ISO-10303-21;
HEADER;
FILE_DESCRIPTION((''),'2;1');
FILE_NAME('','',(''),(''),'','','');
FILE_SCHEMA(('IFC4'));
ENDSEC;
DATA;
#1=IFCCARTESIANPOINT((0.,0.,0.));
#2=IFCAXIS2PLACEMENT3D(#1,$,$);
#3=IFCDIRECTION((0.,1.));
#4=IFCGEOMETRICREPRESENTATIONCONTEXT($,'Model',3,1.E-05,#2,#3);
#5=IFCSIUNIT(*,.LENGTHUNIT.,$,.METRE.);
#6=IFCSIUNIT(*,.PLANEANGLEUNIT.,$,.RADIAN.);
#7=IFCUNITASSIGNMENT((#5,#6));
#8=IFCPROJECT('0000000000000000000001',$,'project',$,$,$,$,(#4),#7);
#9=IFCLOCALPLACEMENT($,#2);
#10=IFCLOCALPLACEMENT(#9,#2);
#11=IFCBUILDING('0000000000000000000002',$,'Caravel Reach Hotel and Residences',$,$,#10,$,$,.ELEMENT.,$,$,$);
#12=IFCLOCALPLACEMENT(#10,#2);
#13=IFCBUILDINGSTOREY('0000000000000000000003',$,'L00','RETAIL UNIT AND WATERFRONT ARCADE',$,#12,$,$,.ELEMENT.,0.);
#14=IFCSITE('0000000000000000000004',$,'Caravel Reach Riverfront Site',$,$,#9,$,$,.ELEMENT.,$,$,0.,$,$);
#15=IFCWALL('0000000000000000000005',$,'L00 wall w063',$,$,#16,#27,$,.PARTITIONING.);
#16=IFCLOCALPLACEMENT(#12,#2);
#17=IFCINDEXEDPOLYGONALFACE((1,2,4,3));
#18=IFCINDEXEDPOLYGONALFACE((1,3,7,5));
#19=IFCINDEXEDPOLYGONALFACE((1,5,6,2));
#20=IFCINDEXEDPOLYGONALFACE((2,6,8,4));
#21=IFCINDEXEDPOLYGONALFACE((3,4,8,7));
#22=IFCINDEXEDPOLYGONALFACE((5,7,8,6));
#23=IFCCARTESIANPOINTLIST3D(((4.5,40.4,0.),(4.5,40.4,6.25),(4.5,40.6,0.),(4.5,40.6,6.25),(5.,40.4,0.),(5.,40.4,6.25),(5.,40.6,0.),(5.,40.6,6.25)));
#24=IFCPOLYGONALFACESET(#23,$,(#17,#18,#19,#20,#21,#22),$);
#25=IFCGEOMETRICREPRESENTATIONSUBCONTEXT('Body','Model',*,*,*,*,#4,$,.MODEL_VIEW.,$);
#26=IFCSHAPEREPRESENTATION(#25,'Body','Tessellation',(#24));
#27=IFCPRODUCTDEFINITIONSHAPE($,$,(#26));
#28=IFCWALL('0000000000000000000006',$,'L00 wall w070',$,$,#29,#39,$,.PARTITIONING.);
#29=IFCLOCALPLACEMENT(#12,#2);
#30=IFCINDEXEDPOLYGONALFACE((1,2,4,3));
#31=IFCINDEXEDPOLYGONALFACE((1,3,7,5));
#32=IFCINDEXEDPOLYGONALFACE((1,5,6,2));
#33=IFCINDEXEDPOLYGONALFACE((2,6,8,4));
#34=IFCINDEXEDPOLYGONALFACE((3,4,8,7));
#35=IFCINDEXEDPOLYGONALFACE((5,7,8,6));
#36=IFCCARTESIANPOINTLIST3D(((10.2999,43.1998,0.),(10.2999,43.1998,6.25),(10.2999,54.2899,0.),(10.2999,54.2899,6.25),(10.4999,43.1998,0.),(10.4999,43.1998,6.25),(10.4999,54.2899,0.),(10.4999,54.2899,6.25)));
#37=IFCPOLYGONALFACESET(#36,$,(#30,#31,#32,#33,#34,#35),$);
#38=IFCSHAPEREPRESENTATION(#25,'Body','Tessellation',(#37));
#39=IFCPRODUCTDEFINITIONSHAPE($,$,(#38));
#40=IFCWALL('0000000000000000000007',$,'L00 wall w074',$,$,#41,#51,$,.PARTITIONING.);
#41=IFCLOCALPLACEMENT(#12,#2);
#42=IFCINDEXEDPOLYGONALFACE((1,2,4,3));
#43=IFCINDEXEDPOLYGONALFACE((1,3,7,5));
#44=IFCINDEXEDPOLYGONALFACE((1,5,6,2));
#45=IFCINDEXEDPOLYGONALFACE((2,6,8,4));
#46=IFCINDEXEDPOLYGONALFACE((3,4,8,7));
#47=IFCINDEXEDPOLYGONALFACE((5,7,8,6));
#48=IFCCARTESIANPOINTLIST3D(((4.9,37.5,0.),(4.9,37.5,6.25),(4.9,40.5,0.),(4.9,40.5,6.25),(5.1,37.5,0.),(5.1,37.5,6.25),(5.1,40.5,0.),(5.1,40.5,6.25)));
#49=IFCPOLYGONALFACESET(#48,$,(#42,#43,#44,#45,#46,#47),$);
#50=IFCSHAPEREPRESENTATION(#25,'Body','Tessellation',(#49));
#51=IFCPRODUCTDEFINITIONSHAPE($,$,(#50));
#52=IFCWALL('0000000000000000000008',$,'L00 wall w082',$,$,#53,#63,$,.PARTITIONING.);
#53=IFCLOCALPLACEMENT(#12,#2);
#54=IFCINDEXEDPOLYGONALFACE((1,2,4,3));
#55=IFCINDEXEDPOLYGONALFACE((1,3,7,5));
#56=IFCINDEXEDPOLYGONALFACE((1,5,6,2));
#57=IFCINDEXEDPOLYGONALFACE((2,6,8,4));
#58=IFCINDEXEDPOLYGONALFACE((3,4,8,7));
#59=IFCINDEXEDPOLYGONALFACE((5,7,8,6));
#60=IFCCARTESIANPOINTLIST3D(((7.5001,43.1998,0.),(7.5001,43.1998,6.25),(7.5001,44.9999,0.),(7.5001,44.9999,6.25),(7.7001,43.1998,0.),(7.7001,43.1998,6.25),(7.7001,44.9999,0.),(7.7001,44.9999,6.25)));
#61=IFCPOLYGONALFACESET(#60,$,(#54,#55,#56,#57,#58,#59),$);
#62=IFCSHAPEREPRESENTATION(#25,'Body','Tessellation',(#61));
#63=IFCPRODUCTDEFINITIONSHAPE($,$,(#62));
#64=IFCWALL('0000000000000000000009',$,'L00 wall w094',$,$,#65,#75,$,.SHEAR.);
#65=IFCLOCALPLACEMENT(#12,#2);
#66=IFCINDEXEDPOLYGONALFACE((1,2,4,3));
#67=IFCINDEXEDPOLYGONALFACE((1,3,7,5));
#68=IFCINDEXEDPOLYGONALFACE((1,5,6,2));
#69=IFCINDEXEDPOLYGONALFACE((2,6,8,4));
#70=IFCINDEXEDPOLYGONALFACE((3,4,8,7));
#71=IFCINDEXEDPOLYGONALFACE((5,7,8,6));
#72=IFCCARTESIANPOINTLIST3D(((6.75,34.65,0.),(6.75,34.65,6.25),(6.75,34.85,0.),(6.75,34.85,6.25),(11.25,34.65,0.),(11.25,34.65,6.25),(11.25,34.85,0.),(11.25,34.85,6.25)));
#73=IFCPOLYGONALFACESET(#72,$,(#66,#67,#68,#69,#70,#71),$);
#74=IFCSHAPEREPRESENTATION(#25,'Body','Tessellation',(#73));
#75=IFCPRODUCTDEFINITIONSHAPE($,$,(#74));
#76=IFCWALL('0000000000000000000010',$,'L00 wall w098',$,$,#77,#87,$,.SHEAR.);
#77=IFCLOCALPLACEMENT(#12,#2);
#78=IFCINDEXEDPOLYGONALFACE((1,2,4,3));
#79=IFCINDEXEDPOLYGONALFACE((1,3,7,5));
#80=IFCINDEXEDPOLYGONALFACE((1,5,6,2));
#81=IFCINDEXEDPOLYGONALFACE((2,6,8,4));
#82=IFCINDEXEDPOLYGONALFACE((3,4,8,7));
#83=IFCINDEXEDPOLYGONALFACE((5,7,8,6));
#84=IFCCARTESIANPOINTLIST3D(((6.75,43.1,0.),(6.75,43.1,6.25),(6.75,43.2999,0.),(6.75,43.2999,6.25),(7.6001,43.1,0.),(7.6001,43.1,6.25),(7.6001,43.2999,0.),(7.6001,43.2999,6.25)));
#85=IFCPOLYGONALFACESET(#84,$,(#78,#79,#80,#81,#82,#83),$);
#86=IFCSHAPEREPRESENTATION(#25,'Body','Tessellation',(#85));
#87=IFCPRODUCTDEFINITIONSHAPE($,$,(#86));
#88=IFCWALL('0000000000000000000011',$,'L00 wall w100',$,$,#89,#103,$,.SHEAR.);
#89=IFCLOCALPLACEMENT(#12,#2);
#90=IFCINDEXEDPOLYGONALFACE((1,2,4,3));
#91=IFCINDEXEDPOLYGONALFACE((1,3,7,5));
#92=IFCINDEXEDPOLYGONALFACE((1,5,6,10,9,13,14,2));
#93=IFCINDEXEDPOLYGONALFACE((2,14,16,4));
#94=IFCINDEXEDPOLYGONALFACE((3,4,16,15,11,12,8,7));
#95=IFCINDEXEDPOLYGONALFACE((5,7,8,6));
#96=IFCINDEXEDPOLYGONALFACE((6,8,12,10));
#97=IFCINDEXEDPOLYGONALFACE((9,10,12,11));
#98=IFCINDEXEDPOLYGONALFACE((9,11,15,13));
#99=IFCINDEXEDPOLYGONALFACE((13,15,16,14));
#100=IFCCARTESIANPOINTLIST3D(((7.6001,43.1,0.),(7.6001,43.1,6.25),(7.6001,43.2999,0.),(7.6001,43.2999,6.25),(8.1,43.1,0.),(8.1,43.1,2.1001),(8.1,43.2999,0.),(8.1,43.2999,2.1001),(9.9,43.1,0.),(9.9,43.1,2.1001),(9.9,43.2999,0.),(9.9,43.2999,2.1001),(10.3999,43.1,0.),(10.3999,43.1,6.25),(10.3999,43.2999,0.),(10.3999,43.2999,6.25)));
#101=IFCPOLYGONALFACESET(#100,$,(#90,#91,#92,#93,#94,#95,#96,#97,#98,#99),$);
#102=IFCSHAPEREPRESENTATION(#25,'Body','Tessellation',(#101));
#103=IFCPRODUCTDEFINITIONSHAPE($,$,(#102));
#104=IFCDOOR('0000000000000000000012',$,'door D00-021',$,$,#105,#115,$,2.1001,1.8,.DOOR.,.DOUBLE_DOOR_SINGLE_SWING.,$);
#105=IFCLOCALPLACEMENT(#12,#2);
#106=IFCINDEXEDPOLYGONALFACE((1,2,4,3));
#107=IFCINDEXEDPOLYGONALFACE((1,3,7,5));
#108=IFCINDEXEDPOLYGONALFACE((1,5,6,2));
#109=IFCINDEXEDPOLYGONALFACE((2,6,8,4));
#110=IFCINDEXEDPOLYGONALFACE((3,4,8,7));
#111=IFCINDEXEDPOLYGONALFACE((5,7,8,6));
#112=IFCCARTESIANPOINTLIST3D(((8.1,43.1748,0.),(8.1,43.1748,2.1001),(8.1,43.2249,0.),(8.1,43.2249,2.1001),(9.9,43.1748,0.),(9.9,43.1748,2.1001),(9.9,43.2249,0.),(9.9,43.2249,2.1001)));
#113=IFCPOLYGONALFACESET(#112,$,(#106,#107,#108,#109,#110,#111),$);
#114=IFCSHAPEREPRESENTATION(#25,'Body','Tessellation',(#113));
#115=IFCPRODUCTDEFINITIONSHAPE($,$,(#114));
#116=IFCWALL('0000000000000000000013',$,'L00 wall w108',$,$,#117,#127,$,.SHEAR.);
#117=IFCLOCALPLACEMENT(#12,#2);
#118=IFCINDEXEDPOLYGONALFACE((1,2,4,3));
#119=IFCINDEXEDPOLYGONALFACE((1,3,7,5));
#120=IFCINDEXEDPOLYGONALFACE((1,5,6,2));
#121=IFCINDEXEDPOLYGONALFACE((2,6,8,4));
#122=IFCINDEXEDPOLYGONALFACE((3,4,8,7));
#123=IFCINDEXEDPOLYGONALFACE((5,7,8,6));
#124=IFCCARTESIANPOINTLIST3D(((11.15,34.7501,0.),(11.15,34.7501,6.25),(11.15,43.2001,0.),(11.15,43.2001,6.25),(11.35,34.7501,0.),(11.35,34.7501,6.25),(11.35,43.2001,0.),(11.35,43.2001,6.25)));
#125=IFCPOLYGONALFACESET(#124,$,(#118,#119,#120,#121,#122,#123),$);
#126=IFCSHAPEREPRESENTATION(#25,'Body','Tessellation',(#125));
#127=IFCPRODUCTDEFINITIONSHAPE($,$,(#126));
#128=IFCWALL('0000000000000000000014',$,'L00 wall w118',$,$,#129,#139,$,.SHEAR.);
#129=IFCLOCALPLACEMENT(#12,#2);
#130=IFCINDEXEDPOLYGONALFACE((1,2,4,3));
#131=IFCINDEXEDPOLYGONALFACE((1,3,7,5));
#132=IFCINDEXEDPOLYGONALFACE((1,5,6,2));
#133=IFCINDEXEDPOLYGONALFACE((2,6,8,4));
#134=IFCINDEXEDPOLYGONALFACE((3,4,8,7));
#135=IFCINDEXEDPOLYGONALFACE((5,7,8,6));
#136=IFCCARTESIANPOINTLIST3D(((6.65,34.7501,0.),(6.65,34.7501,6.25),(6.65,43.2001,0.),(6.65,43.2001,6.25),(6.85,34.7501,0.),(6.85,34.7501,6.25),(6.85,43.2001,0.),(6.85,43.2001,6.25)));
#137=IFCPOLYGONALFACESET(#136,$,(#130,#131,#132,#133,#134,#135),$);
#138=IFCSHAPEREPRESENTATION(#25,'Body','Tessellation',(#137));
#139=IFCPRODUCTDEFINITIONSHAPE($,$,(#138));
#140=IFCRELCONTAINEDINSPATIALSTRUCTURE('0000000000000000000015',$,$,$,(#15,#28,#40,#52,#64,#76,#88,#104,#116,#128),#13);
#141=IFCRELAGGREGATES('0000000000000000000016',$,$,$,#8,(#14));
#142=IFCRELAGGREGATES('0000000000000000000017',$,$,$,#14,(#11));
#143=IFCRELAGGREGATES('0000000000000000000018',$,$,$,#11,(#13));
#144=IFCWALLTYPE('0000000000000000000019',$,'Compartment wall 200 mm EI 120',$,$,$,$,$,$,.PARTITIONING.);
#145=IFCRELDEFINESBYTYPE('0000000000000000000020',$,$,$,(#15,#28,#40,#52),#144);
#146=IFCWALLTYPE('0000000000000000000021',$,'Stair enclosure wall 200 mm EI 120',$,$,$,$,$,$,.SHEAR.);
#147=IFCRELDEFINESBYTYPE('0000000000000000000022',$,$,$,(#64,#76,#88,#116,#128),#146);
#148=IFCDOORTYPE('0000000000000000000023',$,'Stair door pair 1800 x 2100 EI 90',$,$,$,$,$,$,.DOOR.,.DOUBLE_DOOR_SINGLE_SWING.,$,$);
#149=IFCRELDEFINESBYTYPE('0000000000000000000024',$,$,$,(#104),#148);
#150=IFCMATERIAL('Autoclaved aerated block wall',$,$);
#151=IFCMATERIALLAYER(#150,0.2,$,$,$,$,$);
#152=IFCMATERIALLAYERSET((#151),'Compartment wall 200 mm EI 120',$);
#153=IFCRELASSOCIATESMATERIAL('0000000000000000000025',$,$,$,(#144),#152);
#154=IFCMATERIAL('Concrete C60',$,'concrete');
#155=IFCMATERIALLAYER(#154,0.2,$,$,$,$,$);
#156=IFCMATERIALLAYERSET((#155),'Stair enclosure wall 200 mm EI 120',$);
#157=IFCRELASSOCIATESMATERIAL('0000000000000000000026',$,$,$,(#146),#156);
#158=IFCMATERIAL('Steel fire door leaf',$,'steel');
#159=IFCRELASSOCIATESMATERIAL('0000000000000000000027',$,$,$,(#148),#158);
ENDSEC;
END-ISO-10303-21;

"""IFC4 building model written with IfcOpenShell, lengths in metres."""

from ifc_helpers import new_model, si_unit, direction, frame, frame_2d, origin, place, context, subcontext, project, spatial, rectangle, extrude, material, layer, layer_set, type_object, element, fill, save


model = new_model("IFC4")

# Units and contexts
model_context = context("Model", 3, precision=1e-05, world=origin(), true_north=direction((0.0, 1.0)))
body_context = subcontext(model_context, "Body", "Model", "MODEL_VIEW")
ifc_project = project(units=[si_unit("LENGTHUNIT", "METRE"), si_unit("PLANEANGLEUNIT", "RADIAN")], contexts=[model_context])

# Site, building, storey
site_placement = place(None, origin())
site = spatial("IfcSite", under=ifc_project, at=site_placement, Name="Caravel Reach Riverfront Site", CompositionType="ELEMENT", RefElevation=0.0)
building_placement = place(site_placement, origin())
building = spatial("IfcBuilding", under=site, at=building_placement, Name="Caravel Reach Hotel and Residences", CompositionType="ELEMENT")
storey_placement = place(building_placement, origin())
storey = spatial("IfcBuildingStorey", under=building, at=storey_placement, Name="L00", Description="RETAIL UNIT AND WATERFRONT ARCADE", CompositionType="ELEMENT", Elevation=0.0)

# Walls
ifc_material_1 = material(Name="Autoclaved aerated block wall")
ifc_layer_1 = layer(ifc_material_1, 0.2)
ifc_layer_set_1 = layer_set([ifc_layer_1], Name="Compartment wall 200 mm EI 120")
wall_type_1 = type_object("IfcWallType", Name="Compartment wall 200 mm EI 120", PredefinedType="PARTITIONING", material=ifc_layer_set_1)
wall_1_placement = place(storey_placement, frame((4.5, 40.5, 0.0), z_axis=(0.0, 0.0, 1.0), x_axis=(1.0, 0.0, 0.0)))
element("IfcWall", 1, at=wall_1_placement, inside=storey, type_object=wall_type_1, Name="L00 wall w063", PredefinedType="PARTITIONING", context=body_context, shape_type="SweptSolid", body=[
    extrude(rectangle(XDim=0.5, YDim=0.2, at=frame_2d((0.25, 0.0))), origin(), (0.0, 0.0, 1.0), 6.25),
])
wall_2_placement = place(storey_placement, frame((10.3999, 43.2, 0.0), z_axis=(0.0, 0.0, 1.0), x_axis=(0.0, 1.0, 0.0)))
element("IfcWall", 2, at=wall_2_placement, inside=storey, type_object=wall_type_1, Name="L00 wall w070", PredefinedType="PARTITIONING", context=body_context, shape_type="SweptSolid", body=[
    extrude(rectangle(XDim=11.0901, YDim=0.2, at=frame_2d((5.5449, 0.0))), origin(), (0.0, 0.0, 1.0), 6.25),
])
wall_3_placement = place(storey_placement, frame((5.0, 37.5, 0.0), z_axis=(0.0, 0.0, 1.0), x_axis=(0.0, 1.0, 0.0)))
element("IfcWall", 3, at=wall_3_placement, inside=storey, type_object=wall_type_1, Name="L00 wall w074", PredefinedType="PARTITIONING", context=body_context, shape_type="SweptSolid", body=[
    extrude(rectangle(XDim=3.0, YDim=0.2, at=frame_2d((1.5, 0.0))), origin(), (0.0, 0.0, 1.0), 6.25),
])
wall_4_placement = place(storey_placement, frame((7.6001, 43.2, 0.0), z_axis=(0.0, 0.0, 1.0), x_axis=(0.0, 1.0, 0.0)))
element("IfcWall", 4, at=wall_4_placement, inside=storey, type_object=wall_type_1, Name="L00 wall w082", PredefinedType="PARTITIONING", context=body_context, shape_type="SweptSolid", body=[
    extrude(rectangle(XDim=1.8, YDim=0.2, at=frame_2d((0.8999, 0.0))), origin(), (0.0, 0.0, 1.0), 6.25),
])
ifc_material_2 = material(Name="Concrete C60", Category="concrete")
ifc_layer_2 = layer(ifc_material_2, 0.2)
ifc_layer_set_2 = layer_set([ifc_layer_2], Name="Stair enclosure wall 200 mm EI 120")
wall_type_2 = type_object("IfcWallType", Name="Stair enclosure wall 200 mm EI 120", PredefinedType="SHEAR", material=ifc_layer_set_2)
wall_5_placement = place(storey_placement, frame((6.75, 34.75, 0.0), z_axis=(0.0, 0.0, 1.0), x_axis=(1.0, 0.0, 0.0)))
element("IfcWall", 5, at=wall_5_placement, inside=storey, type_object=wall_type_2, Name="L00 wall w094", PredefinedType="SHEAR", context=body_context, shape_type="SweptSolid", body=[
    extrude(rectangle(XDim=4.5, YDim=0.2, at=frame_2d((2.25, 0.0))), origin(), (0.0, 0.0, 1.0), 6.25),
])
wall_6_placement = place(storey_placement, frame((6.75, 43.2, 0.0), z_axis=(0.0, 0.0, 1.0), x_axis=(1.0, 0.0, 0.0)))
element("IfcWall", 6, at=wall_6_placement, inside=storey, type_object=wall_type_2, Name="L00 wall w098", PredefinedType="SHEAR", context=body_context, shape_type="SweptSolid", body=[
    extrude(rectangle(XDim=0.8501, YDim=0.2, at=frame_2d((0.425, 0.0))), origin(), (0.0, 0.0, 1.0), 6.25),
])

# Wall, opening, door
wall_7_placement = place(storey_placement, frame((7.6001, 43.2, 0.0), z_axis=(0.0, 0.0, 1.0), x_axis=(1.0, 0.0, 0.0)))
wall_7 = element("IfcWall", 7, at=wall_7_placement, inside=storey, type_object=wall_type_2, Name="L00 wall w100", PredefinedType="SHEAR", context=body_context, shape_type="SweptSolid", body=[
    extrude(rectangle(XDim=2.7998, YDim=0.2, at=frame_2d((1.3999, 0.0))), origin(), (0.0, 0.0, 1.0), 6.25),
])
opening_placement = place(wall_7_placement, frame((0.5, 0.0, 0.0)))
opening = element("IfcOpeningElement", 8, at=opening_placement, cuts=wall_7, PredefinedType="OPENING", context=body_context, shape_type="SweptSolid", body=[
    extrude(rectangle(XDim=1.8, YDim=2.1001, at=frame_2d((0.8999, 1.05))), frame((0.0, 0.1099, 0.0), z_axis=(0.0, -1.0, 0.0), x_axis=(1.0, 0.0, 0.0)), (0.0, 0.0, 1.0), 0.22),
])
ifc_material_3 = material(Name="Steel fire door leaf", Category="steel")
door_type = type_object("IfcDoorType", Name="Stair door pair 1800 x 2100 EI 90", OperationType="DOUBLE_DOOR_SINGLE_SWING", PredefinedType="DOOR", material=ifc_material_3)
door_placement = place(opening_placement, origin())
door = element("IfcDoor", 9, at=door_placement, inside=storey, type_object=door_type, Name="door D00-021", OperationType="DOUBLE_DOOR_SINGLE_SWING", OverallHeight=2.1001, OverallWidth=1.8, PredefinedType="DOOR", context=body_context, shape_type="SweptSolid", body=[
    extrude(rectangle(XDim=1.8, YDim=2.1001, at=frame_2d((0.8999, 1.05))), frame((0.0, 0.0249, 0.0), z_axis=(0.0, -1.0, 0.0), x_axis=(1.0, 0.0, 0.0)), (0.0, 0.0, 1.0), 0.05),
])
fill(opening, door)

# Walls
for number, where, z_axis, x_axis, name in (
    (10, (11.25, 34.75, 0.0), (0.0, 0.0, 1.0), (0.0, 1.0, 0.0), "L00 wall w108"),
    (11, (6.75, 34.75, 0.0), (0.0, 0.0, 1.0), (0.0, 1.0, 0.0), "L00 wall w118"),
):
    element("IfcWall", number, at=place(storey_placement, frame(where, z_axis=z_axis, x_axis=x_axis)), inside=storey, type_object=wall_type_2, Name=name, PredefinedType="SHEAR", context=body_context, shape_type="SweptSolid", body=[
        extrude(rectangle(XDim=8.45, YDim=0.2, at=frame_2d((4.2251, 0.0))), origin(), (0.0, 0.0, 1.0), 6.25),
    ])

save(model, "model.ifc")
